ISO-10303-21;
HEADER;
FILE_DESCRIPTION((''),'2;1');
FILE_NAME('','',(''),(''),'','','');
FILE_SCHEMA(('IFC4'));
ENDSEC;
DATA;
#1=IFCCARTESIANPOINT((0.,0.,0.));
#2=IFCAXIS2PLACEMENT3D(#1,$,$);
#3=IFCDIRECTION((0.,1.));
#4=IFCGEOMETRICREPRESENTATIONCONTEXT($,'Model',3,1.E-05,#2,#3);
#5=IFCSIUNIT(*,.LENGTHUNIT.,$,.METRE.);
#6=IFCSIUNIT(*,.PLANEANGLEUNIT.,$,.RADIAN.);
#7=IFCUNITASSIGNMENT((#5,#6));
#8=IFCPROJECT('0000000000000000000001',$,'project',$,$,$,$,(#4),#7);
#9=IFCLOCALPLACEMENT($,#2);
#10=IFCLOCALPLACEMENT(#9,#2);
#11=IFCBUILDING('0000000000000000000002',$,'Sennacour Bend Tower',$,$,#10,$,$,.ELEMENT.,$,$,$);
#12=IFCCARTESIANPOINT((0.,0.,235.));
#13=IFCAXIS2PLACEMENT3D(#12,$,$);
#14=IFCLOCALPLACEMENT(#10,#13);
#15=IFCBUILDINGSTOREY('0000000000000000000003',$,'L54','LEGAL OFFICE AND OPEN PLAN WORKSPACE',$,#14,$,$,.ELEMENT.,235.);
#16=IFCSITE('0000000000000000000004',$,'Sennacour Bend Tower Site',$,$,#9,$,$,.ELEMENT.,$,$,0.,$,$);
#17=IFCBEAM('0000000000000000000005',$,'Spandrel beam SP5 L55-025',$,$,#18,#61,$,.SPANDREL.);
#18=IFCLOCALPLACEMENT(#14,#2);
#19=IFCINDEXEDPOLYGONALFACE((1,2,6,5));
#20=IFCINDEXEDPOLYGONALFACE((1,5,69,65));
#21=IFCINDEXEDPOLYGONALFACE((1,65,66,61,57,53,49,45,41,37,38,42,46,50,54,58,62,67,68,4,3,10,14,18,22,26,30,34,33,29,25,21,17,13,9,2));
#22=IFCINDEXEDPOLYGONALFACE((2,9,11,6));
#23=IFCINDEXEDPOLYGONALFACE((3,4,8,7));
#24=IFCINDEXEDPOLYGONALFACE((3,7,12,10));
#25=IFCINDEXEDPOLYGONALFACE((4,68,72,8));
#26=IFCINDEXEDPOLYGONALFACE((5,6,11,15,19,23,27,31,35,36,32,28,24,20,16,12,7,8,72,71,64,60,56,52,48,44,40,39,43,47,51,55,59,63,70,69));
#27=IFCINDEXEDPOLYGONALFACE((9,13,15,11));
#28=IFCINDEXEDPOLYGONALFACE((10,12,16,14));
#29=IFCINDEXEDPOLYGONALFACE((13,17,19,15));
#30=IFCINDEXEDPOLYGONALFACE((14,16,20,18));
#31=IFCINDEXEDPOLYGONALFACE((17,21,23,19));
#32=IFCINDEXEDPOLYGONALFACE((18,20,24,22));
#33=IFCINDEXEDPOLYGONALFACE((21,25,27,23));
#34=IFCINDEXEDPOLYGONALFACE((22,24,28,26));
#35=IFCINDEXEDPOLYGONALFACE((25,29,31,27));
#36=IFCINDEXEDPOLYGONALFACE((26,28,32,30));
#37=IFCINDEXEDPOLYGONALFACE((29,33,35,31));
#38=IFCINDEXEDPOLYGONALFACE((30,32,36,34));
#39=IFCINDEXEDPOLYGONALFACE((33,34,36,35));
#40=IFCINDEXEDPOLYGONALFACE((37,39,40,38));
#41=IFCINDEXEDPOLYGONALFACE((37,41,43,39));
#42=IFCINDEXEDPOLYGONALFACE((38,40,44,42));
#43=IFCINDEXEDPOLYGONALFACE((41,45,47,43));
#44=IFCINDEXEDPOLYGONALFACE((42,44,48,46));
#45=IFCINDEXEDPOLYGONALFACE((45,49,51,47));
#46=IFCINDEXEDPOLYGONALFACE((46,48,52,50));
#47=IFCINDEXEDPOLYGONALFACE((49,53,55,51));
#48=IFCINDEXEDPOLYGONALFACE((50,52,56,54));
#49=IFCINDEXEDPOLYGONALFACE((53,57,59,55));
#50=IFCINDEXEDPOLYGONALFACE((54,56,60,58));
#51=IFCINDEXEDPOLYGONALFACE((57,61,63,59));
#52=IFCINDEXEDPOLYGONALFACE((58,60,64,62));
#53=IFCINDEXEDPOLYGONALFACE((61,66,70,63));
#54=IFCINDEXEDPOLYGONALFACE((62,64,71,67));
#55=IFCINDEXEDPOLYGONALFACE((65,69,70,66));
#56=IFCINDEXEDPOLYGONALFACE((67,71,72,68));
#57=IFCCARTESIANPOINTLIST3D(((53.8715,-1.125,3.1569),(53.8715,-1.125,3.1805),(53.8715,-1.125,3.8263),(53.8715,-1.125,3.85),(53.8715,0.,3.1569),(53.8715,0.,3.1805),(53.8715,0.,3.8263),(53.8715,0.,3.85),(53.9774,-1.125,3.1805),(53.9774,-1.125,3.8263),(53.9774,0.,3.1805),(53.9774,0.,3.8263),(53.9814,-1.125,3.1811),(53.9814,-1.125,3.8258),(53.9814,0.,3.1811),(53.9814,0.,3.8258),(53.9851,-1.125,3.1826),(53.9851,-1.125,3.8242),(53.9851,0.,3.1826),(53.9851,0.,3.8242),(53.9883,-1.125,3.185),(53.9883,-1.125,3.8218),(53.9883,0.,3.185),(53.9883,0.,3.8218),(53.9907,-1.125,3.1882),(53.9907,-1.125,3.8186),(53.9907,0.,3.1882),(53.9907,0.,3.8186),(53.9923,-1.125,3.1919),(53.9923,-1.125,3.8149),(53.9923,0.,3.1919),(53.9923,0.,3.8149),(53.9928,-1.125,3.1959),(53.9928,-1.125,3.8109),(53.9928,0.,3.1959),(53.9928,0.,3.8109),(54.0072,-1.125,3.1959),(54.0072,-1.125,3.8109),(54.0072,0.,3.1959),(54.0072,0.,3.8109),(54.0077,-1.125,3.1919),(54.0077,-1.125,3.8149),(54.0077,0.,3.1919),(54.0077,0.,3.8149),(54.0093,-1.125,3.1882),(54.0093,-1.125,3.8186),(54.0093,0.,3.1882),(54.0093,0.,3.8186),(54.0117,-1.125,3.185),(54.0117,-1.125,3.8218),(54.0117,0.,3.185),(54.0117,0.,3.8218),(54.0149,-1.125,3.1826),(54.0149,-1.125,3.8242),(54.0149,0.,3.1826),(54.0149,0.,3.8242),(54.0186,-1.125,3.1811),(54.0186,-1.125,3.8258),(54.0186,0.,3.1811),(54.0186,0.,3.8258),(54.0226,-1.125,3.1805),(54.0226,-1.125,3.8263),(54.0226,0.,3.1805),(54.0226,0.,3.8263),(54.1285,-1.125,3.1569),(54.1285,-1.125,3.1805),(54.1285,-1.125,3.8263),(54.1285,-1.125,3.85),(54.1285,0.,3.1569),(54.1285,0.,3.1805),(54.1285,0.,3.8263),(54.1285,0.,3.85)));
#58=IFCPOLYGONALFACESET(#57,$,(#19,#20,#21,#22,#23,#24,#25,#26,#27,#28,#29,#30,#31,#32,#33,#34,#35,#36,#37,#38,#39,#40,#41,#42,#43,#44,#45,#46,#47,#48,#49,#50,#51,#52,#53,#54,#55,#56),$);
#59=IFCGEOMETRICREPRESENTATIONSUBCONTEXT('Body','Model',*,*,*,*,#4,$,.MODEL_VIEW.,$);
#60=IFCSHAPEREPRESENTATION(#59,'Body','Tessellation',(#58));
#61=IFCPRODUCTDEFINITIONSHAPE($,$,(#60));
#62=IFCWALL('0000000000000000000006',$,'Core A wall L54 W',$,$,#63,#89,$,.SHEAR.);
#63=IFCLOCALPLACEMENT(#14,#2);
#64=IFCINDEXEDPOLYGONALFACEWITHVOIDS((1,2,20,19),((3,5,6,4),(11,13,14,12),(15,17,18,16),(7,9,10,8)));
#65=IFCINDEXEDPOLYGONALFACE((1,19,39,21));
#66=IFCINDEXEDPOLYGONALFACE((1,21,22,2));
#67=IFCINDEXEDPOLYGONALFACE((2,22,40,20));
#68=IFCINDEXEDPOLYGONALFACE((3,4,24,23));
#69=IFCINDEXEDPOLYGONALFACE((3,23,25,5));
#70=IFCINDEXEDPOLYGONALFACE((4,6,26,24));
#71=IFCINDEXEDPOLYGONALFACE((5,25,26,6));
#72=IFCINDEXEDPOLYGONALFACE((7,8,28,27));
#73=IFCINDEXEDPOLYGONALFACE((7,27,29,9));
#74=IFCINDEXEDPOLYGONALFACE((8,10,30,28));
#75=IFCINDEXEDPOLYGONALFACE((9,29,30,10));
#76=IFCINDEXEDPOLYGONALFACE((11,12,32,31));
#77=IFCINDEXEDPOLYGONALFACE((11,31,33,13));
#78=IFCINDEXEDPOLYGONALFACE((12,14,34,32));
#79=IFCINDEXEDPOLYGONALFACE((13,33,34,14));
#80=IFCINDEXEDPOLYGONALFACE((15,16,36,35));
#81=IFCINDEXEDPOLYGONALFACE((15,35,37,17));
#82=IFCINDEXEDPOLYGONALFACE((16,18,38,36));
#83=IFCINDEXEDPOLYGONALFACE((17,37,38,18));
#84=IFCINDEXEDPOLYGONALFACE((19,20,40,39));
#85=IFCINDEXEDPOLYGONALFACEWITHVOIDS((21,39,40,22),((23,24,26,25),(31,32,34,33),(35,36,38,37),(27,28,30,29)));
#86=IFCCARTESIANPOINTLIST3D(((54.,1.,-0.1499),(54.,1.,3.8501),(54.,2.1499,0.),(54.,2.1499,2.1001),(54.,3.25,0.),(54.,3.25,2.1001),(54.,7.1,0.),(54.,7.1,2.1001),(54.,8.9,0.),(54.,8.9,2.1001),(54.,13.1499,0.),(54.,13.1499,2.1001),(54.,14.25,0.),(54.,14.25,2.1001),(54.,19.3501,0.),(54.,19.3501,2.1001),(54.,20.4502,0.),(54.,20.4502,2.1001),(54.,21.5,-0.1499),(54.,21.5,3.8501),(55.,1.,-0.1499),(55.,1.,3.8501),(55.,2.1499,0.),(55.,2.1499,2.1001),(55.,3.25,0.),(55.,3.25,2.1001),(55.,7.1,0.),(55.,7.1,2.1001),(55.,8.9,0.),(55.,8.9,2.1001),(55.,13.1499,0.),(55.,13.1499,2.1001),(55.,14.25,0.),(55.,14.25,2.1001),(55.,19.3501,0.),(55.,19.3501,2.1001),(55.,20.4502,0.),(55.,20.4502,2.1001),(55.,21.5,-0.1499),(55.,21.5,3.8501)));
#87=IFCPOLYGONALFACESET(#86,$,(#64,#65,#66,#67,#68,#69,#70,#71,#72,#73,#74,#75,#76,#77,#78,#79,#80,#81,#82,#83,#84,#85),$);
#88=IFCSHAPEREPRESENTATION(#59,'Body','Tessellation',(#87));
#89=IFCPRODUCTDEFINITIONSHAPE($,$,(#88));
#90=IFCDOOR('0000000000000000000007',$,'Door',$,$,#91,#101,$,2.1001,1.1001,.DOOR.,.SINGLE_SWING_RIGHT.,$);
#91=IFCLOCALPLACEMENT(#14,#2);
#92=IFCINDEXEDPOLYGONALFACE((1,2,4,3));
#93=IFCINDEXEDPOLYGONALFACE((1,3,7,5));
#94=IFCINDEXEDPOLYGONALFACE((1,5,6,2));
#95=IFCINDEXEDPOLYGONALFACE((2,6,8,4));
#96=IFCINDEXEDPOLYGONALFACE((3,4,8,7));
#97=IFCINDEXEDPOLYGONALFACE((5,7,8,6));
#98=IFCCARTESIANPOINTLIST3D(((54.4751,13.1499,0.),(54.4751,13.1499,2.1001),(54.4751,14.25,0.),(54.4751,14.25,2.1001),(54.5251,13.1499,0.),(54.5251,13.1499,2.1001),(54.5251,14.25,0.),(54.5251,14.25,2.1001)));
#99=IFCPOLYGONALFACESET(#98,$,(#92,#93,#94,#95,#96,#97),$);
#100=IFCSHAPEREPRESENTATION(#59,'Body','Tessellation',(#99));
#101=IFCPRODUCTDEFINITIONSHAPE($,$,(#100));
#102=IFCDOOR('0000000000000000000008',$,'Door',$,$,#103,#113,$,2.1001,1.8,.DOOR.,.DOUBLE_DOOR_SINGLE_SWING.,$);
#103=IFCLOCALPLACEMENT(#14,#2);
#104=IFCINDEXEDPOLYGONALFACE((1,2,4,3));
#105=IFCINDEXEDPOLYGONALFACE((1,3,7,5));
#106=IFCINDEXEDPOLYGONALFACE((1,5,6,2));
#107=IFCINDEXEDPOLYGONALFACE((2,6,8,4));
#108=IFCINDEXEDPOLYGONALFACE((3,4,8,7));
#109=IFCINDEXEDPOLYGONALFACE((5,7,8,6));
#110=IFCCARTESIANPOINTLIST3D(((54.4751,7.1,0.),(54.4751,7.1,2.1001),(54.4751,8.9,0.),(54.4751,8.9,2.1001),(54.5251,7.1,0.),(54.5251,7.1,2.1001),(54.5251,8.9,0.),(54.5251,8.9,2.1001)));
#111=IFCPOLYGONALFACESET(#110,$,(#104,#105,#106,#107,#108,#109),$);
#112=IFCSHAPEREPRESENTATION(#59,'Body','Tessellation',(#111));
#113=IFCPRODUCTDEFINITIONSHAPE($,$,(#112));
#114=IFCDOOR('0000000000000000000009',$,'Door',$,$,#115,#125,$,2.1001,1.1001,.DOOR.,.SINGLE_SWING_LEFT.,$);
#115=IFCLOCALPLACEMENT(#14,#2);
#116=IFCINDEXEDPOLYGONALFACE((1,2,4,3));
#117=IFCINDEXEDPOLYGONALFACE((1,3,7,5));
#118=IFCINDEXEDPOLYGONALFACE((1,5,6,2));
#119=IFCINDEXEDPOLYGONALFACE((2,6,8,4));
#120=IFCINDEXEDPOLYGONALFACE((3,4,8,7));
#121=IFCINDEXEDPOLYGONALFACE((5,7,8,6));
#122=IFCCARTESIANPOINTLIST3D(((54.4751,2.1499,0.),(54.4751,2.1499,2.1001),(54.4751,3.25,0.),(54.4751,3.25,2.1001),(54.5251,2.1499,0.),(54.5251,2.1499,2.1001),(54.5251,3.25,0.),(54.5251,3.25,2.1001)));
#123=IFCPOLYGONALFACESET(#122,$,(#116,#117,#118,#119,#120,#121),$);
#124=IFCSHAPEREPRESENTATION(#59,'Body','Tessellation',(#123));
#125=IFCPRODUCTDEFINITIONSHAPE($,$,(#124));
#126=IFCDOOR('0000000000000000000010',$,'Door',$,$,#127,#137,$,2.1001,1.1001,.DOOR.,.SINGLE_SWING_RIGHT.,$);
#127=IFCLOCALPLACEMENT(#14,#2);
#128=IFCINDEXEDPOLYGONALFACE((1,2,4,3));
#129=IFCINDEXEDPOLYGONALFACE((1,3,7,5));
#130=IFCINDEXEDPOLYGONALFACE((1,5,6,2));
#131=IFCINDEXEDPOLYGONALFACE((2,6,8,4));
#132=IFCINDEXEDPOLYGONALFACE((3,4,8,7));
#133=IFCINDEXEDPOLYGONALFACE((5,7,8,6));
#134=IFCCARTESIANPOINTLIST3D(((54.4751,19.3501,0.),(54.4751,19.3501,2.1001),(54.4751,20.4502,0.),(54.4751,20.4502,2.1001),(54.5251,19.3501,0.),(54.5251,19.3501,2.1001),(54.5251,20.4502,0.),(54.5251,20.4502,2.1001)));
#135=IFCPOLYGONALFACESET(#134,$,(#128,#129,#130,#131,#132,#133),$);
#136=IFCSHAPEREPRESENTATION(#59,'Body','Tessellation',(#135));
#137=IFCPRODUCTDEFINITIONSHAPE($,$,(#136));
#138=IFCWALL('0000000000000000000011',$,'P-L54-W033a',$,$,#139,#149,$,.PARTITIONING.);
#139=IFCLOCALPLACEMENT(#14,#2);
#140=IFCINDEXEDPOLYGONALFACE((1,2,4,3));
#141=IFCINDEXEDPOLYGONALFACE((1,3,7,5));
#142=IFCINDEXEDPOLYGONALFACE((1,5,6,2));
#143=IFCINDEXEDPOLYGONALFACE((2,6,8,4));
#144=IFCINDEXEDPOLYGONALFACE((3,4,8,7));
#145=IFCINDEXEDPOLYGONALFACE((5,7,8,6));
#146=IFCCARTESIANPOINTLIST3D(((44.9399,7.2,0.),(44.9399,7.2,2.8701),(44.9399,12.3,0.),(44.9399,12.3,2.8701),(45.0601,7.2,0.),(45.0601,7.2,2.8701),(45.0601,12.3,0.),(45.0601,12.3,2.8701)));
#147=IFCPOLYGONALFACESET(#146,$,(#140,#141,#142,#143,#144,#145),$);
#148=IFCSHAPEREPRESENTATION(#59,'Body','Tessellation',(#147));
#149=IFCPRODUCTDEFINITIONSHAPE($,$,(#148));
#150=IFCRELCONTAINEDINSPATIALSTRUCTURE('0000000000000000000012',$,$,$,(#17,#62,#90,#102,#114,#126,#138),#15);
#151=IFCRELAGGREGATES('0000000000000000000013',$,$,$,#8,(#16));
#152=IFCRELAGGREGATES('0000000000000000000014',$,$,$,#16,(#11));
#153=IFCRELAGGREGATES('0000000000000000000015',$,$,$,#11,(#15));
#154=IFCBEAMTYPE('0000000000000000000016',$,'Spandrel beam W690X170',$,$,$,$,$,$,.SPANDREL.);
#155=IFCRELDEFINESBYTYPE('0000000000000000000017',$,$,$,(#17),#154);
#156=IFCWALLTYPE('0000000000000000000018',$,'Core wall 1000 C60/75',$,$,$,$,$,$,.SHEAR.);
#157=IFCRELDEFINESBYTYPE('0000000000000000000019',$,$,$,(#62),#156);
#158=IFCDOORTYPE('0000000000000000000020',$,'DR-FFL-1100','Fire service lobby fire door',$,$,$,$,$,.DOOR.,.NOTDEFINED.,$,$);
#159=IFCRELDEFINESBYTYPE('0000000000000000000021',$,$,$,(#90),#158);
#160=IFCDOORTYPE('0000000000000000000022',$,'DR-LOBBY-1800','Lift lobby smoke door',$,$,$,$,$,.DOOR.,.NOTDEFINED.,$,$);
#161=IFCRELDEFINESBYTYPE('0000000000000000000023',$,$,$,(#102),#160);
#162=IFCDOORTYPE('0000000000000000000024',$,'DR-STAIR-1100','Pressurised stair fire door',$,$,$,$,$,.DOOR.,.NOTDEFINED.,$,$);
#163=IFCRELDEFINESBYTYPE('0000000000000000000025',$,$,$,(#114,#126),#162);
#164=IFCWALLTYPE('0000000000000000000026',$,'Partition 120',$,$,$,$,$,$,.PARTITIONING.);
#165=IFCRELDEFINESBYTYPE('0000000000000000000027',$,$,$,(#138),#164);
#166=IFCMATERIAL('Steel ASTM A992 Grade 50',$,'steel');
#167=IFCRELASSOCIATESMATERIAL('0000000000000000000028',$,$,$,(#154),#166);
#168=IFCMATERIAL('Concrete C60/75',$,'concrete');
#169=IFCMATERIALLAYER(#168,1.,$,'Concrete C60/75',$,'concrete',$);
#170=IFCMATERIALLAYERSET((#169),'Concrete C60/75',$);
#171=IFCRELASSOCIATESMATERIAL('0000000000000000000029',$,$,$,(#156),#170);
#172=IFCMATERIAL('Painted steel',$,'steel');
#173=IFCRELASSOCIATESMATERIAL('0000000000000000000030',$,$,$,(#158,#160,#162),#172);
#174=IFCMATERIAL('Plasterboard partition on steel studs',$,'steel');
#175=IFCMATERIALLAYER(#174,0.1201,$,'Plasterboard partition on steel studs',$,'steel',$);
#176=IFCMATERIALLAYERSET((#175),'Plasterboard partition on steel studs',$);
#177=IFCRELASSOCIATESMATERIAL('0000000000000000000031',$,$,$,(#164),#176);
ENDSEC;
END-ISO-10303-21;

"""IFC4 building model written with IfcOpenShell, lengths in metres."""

from ifc_helpers import new_model, si_unit, direction, frame, frame_2d, origin, origin_2d, place, context, subcontext, project, spatial, rectangle, i_section, extrude, material, layer, layer_set, material_profile, profile_set, type_object, element, fill, save


model = new_model("IFC4")

# Units and contexts
model_context = context("Model", 3, precision=1e-05, world=origin(), true_north=direction((0.0, 1.0)))
body_context = subcontext(model_context, "Body", "Model", "MODEL_VIEW")
ifc_project = project(units=[si_unit("LENGTHUNIT", "METRE"), si_unit("PLANEANGLEUNIT", "RADIAN")], contexts=[model_context])

# Site, building, storey
site_placement = place(None, origin())
site = spatial("IfcSite", under=ifc_project, at=site_placement, Name="Sennacour Bend Tower Site", CompositionType="ELEMENT", RefElevation=0.0)
building_placement = place(site_placement, origin())
building = spatial("IfcBuilding", under=site, at=building_placement, Name="Sennacour Bend Tower", CompositionType="ELEMENT")
storey_placement = place(building_placement, frame((0.0, 0.0, 235.0)))
storey = spatial("IfcBuildingStorey", under=building, at=storey_placement, Name="L54", Description="LEGAL OFFICE AND OPEN PLAN WORKSPACE", CompositionType="ELEMENT", Elevation=235.0)

# Beam
ifc_material_1 = material(Name="Steel ASTM A992 Grade 50", Category="steel")
ifc_material_profile = material_profile(ifc_material_1, i_section(OverallWidth=0.2571, OverallDepth=0.6931, WebThickness=0.0144, FlangeThickness=0.0237, FilletRadius=0.0154, at=origin_2d()), Name="Steel ASTM A992 Grade 50", Category="steel")
ifc_profile_set = profile_set([ifc_material_profile], Name="Steel ASTM A992 Grade 50")
beam_type = type_object("IfcBeamType", Name="Spandrel beam W690X170", PredefinedType="SPANDREL", material=ifc_profile_set)
beam_placement = place(storey_placement, frame((54.0, 0.0, 3.5034), z_axis=(0.0, -1.0, 0.0), x_axis=(1.0, 0.0, 0.0)))
element("IfcBeam", 1, at=beam_placement, inside=storey, type_object=beam_type, Name="Spandrel beam SP5 L55-025", PredefinedType="SPANDREL", context=body_context, shape_type="SweptSolid", body=[
    extrude(i_section(OverallWidth=0.2571, OverallDepth=0.6931, WebThickness=0.0144, FlangeThickness=0.0237, FilletRadius=0.0154, at=origin_2d()), origin(), (0.0, 0.0, 1.0), 1.125),
])

# Wall, openings, doors
ifc_material_2 = material(Name="Concrete C60/75", Category="concrete")
ifc_layer_1 = layer(ifc_material_2, 1.0, Name="Concrete C60/75", Category="concrete")
ifc_layer_set_1 = layer_set([ifc_layer_1], Name="Concrete C60/75")
wall_type_1 = type_object("IfcWallType", Name="Core wall 1000 C60/75", PredefinedType="SHEAR", material=ifc_layer_set_1)
wall_1_placement = place(storey_placement, frame((54.5, 1.0, -0.1499), z_axis=(0.0, 0.0, 1.0), x_axis=(0.0, 1.0, 0.0)))
wall_1 = element("IfcWall", 2, at=wall_1_placement, inside=storey, type_object=wall_type_1, Name="Core A wall L54 W", PredefinedType="SHEAR", context=body_context, shape_type="SweptSolid", body=[
    extrude(rectangle(XDim=20.5, YDim=1.0, at=frame_2d((10.25, 0.0))), origin(), (0.0, 0.0, 1.0), 4.0),
])
opening_1_placement = place(wall_1_placement, frame((6.1001, 0.0, 0.1499)))
opening_1 = element("IfcOpeningElement", 3, at=opening_1_placement, cuts=wall_1, PredefinedType="OPENING", context=body_context, shape_type="SweptSolid", body=[
    extrude(rectangle(XDim=1.8, YDim=2.1001, at=frame_2d((0.8999, 1.05))), frame((0.0, 0.51, 0.0), z_axis=(0.0, -1.0, 0.0), x_axis=(1.0, 0.0, 0.0)), (0.0, 0.0, 1.0), 1.02),
])
opening_2_placement = place(wall_1_placement, frame((12.1499, 0.0, 0.1499)))
opening_2 = element("IfcOpeningElement", 4, at=opening_2_placement, cuts=wall_1, PredefinedType="OPENING", context=body_context, shape_type="SweptSolid", body=[
    extrude(rectangle(XDim=1.1001, YDim=2.1001, at=frame_2d((0.55, 1.05))), frame((0.0, 0.51, 0.0), z_axis=(0.0, -1.0, 0.0), x_axis=(1.0, 0.0, 0.0)), (0.0, 0.0, 1.0), 1.02),
])
opening_3_placement = place(wall_1_placement, frame((1.1499, 0.0, 0.1499)))
opening_3 = element("IfcOpeningElement", 5, at=opening_3_placement, cuts=wall_1, PredefinedType="OPENING", context=body_context, shape_type="SweptSolid", body=[
    extrude(rectangle(XDim=1.1001, YDim=2.1001, at=frame_2d((0.55, 1.05))), frame((0.0, 0.51, 0.0), z_axis=(0.0, -1.0, 0.0), x_axis=(1.0, 0.0, 0.0)), (0.0, 0.0, 1.0), 1.02),
])
opening_4_placement = place(wall_1_placement, frame((18.3501, 0.0, 0.1499)))
opening_4 = element("IfcOpeningElement", 6, at=opening_4_placement, cuts=wall_1, PredefinedType="OPENING", context=body_context, shape_type="SweptSolid", body=[
    extrude(rectangle(XDim=1.1001, YDim=2.1001, at=frame_2d((0.55, 1.05))), frame((0.0, 0.51, 0.0), z_axis=(0.0, -1.0, 0.0), x_axis=(1.0, 0.0, 0.0)), (0.0, 0.0, 1.0), 1.02),
])
ifc_material_3 = material(Name="Painted steel", Category="steel")
door_type_1 = type_object("IfcDoorType", Name="DR-FFL-1100", Description="Fire service lobby fire door", OperationType="NOTDEFINED", PredefinedType="DOOR", material=ifc_material_3)
door_1_placement = place(opening_2_placement, origin())
door_1 = element("IfcDoor", 7, at=door_1_placement, inside=storey, type_object=door_type_1, Name="Door", OperationType="SINGLE_SWING_RIGHT", OverallHeight=2.1001, OverallWidth=1.1001, PredefinedType="DOOR", context=body_context, shape_type="SweptSolid", body=[
    extrude(rectangle(XDim=1.1001, YDim=2.1001, at=frame_2d((0.55, 1.05))), frame((0.0, 0.0249, 0.0), z_axis=(0.0, -1.0, 0.0), x_axis=(1.0, 0.0, 0.0)), (0.0, 0.0, 1.0), 0.05),
])
fill(opening_2, door_1)
door_type_2 = type_object("IfcDoorType", Name="DR-LOBBY-1800", Description="Lift lobby smoke door", OperationType="NOTDEFINED", PredefinedType="DOOR", material=ifc_material_3)
door_2_placement = place(opening_1_placement, origin())
door_2 = element("IfcDoor", 8, at=door_2_placement, inside=storey, type_object=door_type_2, Name="Door", OperationType="DOUBLE_DOOR_SINGLE_SWING", OverallHeight=2.1001, OverallWidth=1.8, PredefinedType="DOOR", context=body_context, shape_type="SweptSolid", body=[
    extrude(rectangle(XDim=1.8, YDim=2.1001, at=frame_2d((0.8999, 1.05))), frame((0.0, 0.0249, 0.0), z_axis=(0.0, -1.0, 0.0), x_axis=(1.0, 0.0, 0.0)), (0.0, 0.0, 1.0), 0.05),
])
fill(opening_1, door_2)
door_type_3 = type_object("IfcDoorType", Name="DR-STAIR-1100", Description="Pressurised stair fire door", OperationType="NOTDEFINED", PredefinedType="DOOR", material=ifc_material_3)
door_3_placement = place(opening_3_placement, origin())
door_3 = element("IfcDoor", 9, at=door_3_placement, inside=storey, type_object=door_type_3, Name="Door", OperationType="SINGLE_SWING_LEFT", OverallHeight=2.1001, OverallWidth=1.1001, PredefinedType="DOOR", context=body_context, shape_type="SweptSolid", body=[
    extrude(rectangle(XDim=1.1001, YDim=2.1001, at=frame_2d((0.55, 1.05))), frame((0.0, 0.0249, 0.0), z_axis=(0.0, -1.0, 0.0), x_axis=(1.0, 0.0, 0.0)), (0.0, 0.0, 1.0), 0.05),
])
fill(opening_3, door_3)
door_4_placement = place(opening_4_placement, origin())
door_4 = element("IfcDoor", 10, at=door_4_placement, inside=storey, type_object=door_type_3, Name="Door", OperationType="SINGLE_SWING_RIGHT", OverallHeight=2.1001, OverallWidth=1.1001, PredefinedType="DOOR", context=body_context, shape_type="SweptSolid", body=[
    extrude(rectangle(XDim=1.1001, YDim=2.1001, at=frame_2d((0.55, 1.05))), frame((0.0, 0.0249, 0.0), z_axis=(0.0, -1.0, 0.0), x_axis=(1.0, 0.0, 0.0)), (0.0, 0.0, 1.0), 0.05),
])
fill(opening_4, door_4)

# Wall
ifc_material_4 = material(Name="Plasterboard partition on steel studs", Category="steel")
ifc_layer_2 = layer(ifc_material_4, 0.1201, Name="Plasterboard partition on steel studs", Category="steel")
ifc_layer_set_2 = layer_set([ifc_layer_2], Name="Plasterboard partition on steel studs")
wall_type_2 = type_object("IfcWallType", Name="Partition 120", PredefinedType="PARTITIONING", material=ifc_layer_set_2)
wall_2_placement = place(storey_placement, frame((45.0, 7.2, 0.0), z_axis=(0.0, 0.0, 1.0), x_axis=(0.0, 1.0, 0.0)))
element("IfcWall", 11, at=wall_2_placement, inside=storey, type_object=wall_type_2, Name="P-L54-W033a", PredefinedType="PARTITIONING", context=body_context, shape_type="SweptSolid", body=[
    extrude(rectangle(XDim=5.1001, YDim=0.1201, at=frame_2d((2.55, 0.0))), origin(), (0.0, 0.0, 1.0), 2.8701),
])

save(model, "model.ifc")
